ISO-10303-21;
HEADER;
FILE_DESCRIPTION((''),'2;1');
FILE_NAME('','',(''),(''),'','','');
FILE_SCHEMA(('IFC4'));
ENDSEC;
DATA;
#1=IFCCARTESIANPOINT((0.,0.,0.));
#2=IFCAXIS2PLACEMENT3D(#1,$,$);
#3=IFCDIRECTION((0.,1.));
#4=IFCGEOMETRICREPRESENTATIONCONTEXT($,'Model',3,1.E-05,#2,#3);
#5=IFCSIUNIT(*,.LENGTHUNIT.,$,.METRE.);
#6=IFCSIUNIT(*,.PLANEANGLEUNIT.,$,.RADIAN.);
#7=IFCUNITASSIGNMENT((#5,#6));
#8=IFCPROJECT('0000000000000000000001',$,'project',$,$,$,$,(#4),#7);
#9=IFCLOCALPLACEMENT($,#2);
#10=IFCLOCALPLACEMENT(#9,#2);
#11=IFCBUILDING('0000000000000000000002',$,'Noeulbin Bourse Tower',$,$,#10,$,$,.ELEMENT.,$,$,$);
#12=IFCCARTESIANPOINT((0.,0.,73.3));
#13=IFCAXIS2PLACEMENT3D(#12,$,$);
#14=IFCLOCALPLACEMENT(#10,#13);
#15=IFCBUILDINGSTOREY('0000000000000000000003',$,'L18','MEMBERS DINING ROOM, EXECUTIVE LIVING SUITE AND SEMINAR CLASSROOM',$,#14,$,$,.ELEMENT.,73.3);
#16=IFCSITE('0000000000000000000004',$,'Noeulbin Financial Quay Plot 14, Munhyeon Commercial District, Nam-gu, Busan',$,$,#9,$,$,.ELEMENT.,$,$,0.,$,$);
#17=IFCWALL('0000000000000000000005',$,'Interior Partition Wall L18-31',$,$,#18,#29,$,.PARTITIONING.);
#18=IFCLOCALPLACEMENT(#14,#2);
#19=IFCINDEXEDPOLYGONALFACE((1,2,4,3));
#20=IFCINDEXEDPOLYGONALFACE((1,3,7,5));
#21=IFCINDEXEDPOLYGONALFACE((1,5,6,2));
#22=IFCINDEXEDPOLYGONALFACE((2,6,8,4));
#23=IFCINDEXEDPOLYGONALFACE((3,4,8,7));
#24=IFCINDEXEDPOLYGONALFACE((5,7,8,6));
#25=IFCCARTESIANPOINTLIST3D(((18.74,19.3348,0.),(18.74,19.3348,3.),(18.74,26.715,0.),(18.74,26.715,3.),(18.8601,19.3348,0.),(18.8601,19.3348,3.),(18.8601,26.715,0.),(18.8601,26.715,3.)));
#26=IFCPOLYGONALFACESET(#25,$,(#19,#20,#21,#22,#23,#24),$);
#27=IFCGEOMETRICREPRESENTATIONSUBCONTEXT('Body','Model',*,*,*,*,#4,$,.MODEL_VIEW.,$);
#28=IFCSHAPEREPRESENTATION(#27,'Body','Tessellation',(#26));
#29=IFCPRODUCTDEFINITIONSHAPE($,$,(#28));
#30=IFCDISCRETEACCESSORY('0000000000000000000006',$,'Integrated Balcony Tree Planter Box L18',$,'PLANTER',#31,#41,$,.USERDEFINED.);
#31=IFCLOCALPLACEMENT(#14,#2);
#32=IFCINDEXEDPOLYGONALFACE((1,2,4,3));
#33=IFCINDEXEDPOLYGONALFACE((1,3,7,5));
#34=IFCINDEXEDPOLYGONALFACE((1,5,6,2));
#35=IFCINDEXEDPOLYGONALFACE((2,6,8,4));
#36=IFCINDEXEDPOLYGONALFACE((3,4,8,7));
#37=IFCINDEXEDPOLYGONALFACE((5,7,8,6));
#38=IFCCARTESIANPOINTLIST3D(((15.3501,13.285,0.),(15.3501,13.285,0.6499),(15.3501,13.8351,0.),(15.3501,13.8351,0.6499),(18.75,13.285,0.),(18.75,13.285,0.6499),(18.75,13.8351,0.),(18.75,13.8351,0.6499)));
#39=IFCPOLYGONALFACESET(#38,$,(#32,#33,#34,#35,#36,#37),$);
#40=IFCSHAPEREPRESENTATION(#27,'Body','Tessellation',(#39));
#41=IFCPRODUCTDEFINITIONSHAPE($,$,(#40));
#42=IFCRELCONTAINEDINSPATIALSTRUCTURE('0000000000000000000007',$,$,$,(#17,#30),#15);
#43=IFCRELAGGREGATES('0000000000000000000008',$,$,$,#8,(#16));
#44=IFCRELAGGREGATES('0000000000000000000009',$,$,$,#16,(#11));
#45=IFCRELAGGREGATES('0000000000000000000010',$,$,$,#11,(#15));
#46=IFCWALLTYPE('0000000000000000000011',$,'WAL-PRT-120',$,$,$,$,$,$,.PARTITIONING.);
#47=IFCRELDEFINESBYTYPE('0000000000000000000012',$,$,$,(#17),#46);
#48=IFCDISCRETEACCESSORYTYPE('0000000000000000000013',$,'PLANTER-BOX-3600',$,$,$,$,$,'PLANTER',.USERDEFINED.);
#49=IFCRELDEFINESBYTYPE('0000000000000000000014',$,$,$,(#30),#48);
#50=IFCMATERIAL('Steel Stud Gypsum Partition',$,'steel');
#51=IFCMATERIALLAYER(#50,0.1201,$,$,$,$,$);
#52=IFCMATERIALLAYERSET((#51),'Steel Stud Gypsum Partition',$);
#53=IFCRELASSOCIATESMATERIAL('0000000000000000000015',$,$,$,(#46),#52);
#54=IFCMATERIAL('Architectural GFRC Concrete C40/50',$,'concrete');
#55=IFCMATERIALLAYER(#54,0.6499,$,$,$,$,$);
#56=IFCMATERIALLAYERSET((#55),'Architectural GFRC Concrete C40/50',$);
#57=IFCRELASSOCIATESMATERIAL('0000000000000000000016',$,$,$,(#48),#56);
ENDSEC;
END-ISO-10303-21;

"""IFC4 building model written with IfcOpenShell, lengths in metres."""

from ifc_helpers import new_model, si_unit, direction, frame, frame_2d, origin, origin_2d, place, context, subcontext, project, spatial, rectangle, extrude, material, layer, layer_set, type_object, element, save


model = new_model("IFC4")

# Units and contexts
model_context = context("Model", 3, precision=1e-05, world=origin(), true_north=direction((0.0, 1.0)))
body_context = subcontext(model_context, "Body", "Model", "MODEL_VIEW")
ifc_project = project(units=[si_unit("LENGTHUNIT", "METRE"), si_unit("PLANEANGLEUNIT", "RADIAN")], contexts=[model_context])

# Site, building, storey
site_placement = place(None, origin())
site = spatial("IfcSite", under=ifc_project, at=site_placement, Name="Noeulbin Financial Quay Plot 14, Munhyeon Commercial District, Nam-gu, Busan", CompositionType="ELEMENT", RefElevation=0.0)
building_placement = place(site_placement, origin())
building = spatial("IfcBuilding", under=site, at=building_placement, Name="Noeulbin Bourse Tower", CompositionType="ELEMENT")
storey_placement = place(building_placement, frame((0.0, 0.0, 73.3)))
storey = spatial("IfcBuildingStorey", under=building, at=storey_placement, Name="L18", Description="MEMBERS DINING ROOM, EXECUTIVE LIVING SUITE AND SEMINAR CLASSROOM", CompositionType="ELEMENT", Elevation=73.3)

# Wall
ifc_material_1 = material(Name="Steel Stud Gypsum Partition", Category="steel")
ifc_layer_1 = layer(ifc_material_1, 0.1201)
ifc_layer_set_1 = layer_set([ifc_layer_1], Name="Steel Stud Gypsum Partition")
wall_type = type_object("IfcWallType", Name="WAL-PRT-120", PredefinedType="PARTITIONING", material=ifc_layer_set_1)
wall_1_placement = place(storey_placement, frame((18.8, 19.335, 0.0), z_axis=(0.0, 0.0, 1.0), x_axis=(0.0, 1.0, 0.0)))
element("IfcWall", 1, at=wall_1_placement, inside=storey, type_object=wall_type, Name="Interior Partition Wall L18-31", PredefinedType="PARTITIONING", context=body_context, shape_type="SweptSolid", body=[
    extrude(rectangle(XDim=7.3801, YDim=0.1201, at=frame_2d((3.6899, 0.0))), origin(), (0.0, 0.0, 1.0), 3.0),
])

# Discrete accessory
ifc_material_2 = material(Name="Architectural GFRC Concrete C40/50", Category="concrete")
ifc_layer_2 = layer(ifc_material_2, 0.6499)
ifc_layer_set_2 = layer_set([ifc_layer_2], Name="Architectural GFRC Concrete C40/50")
discrete_accessory_type = type_object("IfcDiscreteAccessoryType", Name="PLANTER-BOX-3600", ElementType="PLANTER", PredefinedType="USERDEFINED", material=ifc_layer_set_2)
discrete_accessory_placement = place(storey_placement, frame((17.05, 13.5601, 0.0), z_axis=(0.0, 0.0, 1.0), x_axis=(1.0, 0.0, 0.0)))
element("IfcDiscreteAccessory", 2, at=discrete_accessory_placement, inside=storey, type_object=discrete_accessory_type, Name="Integrated Balcony Tree Planter Box L18", ObjectType="PLANTER", PredefinedType="USERDEFINED", context=body_context, shape_type="SweptSolid", body=[
    extrude(rectangle(XDim=3.3999, YDim=0.55, at=origin_2d()), origin(), (0.0, 0.0, 1.0), 0.6499),
])

save(model, "model.ifc")
